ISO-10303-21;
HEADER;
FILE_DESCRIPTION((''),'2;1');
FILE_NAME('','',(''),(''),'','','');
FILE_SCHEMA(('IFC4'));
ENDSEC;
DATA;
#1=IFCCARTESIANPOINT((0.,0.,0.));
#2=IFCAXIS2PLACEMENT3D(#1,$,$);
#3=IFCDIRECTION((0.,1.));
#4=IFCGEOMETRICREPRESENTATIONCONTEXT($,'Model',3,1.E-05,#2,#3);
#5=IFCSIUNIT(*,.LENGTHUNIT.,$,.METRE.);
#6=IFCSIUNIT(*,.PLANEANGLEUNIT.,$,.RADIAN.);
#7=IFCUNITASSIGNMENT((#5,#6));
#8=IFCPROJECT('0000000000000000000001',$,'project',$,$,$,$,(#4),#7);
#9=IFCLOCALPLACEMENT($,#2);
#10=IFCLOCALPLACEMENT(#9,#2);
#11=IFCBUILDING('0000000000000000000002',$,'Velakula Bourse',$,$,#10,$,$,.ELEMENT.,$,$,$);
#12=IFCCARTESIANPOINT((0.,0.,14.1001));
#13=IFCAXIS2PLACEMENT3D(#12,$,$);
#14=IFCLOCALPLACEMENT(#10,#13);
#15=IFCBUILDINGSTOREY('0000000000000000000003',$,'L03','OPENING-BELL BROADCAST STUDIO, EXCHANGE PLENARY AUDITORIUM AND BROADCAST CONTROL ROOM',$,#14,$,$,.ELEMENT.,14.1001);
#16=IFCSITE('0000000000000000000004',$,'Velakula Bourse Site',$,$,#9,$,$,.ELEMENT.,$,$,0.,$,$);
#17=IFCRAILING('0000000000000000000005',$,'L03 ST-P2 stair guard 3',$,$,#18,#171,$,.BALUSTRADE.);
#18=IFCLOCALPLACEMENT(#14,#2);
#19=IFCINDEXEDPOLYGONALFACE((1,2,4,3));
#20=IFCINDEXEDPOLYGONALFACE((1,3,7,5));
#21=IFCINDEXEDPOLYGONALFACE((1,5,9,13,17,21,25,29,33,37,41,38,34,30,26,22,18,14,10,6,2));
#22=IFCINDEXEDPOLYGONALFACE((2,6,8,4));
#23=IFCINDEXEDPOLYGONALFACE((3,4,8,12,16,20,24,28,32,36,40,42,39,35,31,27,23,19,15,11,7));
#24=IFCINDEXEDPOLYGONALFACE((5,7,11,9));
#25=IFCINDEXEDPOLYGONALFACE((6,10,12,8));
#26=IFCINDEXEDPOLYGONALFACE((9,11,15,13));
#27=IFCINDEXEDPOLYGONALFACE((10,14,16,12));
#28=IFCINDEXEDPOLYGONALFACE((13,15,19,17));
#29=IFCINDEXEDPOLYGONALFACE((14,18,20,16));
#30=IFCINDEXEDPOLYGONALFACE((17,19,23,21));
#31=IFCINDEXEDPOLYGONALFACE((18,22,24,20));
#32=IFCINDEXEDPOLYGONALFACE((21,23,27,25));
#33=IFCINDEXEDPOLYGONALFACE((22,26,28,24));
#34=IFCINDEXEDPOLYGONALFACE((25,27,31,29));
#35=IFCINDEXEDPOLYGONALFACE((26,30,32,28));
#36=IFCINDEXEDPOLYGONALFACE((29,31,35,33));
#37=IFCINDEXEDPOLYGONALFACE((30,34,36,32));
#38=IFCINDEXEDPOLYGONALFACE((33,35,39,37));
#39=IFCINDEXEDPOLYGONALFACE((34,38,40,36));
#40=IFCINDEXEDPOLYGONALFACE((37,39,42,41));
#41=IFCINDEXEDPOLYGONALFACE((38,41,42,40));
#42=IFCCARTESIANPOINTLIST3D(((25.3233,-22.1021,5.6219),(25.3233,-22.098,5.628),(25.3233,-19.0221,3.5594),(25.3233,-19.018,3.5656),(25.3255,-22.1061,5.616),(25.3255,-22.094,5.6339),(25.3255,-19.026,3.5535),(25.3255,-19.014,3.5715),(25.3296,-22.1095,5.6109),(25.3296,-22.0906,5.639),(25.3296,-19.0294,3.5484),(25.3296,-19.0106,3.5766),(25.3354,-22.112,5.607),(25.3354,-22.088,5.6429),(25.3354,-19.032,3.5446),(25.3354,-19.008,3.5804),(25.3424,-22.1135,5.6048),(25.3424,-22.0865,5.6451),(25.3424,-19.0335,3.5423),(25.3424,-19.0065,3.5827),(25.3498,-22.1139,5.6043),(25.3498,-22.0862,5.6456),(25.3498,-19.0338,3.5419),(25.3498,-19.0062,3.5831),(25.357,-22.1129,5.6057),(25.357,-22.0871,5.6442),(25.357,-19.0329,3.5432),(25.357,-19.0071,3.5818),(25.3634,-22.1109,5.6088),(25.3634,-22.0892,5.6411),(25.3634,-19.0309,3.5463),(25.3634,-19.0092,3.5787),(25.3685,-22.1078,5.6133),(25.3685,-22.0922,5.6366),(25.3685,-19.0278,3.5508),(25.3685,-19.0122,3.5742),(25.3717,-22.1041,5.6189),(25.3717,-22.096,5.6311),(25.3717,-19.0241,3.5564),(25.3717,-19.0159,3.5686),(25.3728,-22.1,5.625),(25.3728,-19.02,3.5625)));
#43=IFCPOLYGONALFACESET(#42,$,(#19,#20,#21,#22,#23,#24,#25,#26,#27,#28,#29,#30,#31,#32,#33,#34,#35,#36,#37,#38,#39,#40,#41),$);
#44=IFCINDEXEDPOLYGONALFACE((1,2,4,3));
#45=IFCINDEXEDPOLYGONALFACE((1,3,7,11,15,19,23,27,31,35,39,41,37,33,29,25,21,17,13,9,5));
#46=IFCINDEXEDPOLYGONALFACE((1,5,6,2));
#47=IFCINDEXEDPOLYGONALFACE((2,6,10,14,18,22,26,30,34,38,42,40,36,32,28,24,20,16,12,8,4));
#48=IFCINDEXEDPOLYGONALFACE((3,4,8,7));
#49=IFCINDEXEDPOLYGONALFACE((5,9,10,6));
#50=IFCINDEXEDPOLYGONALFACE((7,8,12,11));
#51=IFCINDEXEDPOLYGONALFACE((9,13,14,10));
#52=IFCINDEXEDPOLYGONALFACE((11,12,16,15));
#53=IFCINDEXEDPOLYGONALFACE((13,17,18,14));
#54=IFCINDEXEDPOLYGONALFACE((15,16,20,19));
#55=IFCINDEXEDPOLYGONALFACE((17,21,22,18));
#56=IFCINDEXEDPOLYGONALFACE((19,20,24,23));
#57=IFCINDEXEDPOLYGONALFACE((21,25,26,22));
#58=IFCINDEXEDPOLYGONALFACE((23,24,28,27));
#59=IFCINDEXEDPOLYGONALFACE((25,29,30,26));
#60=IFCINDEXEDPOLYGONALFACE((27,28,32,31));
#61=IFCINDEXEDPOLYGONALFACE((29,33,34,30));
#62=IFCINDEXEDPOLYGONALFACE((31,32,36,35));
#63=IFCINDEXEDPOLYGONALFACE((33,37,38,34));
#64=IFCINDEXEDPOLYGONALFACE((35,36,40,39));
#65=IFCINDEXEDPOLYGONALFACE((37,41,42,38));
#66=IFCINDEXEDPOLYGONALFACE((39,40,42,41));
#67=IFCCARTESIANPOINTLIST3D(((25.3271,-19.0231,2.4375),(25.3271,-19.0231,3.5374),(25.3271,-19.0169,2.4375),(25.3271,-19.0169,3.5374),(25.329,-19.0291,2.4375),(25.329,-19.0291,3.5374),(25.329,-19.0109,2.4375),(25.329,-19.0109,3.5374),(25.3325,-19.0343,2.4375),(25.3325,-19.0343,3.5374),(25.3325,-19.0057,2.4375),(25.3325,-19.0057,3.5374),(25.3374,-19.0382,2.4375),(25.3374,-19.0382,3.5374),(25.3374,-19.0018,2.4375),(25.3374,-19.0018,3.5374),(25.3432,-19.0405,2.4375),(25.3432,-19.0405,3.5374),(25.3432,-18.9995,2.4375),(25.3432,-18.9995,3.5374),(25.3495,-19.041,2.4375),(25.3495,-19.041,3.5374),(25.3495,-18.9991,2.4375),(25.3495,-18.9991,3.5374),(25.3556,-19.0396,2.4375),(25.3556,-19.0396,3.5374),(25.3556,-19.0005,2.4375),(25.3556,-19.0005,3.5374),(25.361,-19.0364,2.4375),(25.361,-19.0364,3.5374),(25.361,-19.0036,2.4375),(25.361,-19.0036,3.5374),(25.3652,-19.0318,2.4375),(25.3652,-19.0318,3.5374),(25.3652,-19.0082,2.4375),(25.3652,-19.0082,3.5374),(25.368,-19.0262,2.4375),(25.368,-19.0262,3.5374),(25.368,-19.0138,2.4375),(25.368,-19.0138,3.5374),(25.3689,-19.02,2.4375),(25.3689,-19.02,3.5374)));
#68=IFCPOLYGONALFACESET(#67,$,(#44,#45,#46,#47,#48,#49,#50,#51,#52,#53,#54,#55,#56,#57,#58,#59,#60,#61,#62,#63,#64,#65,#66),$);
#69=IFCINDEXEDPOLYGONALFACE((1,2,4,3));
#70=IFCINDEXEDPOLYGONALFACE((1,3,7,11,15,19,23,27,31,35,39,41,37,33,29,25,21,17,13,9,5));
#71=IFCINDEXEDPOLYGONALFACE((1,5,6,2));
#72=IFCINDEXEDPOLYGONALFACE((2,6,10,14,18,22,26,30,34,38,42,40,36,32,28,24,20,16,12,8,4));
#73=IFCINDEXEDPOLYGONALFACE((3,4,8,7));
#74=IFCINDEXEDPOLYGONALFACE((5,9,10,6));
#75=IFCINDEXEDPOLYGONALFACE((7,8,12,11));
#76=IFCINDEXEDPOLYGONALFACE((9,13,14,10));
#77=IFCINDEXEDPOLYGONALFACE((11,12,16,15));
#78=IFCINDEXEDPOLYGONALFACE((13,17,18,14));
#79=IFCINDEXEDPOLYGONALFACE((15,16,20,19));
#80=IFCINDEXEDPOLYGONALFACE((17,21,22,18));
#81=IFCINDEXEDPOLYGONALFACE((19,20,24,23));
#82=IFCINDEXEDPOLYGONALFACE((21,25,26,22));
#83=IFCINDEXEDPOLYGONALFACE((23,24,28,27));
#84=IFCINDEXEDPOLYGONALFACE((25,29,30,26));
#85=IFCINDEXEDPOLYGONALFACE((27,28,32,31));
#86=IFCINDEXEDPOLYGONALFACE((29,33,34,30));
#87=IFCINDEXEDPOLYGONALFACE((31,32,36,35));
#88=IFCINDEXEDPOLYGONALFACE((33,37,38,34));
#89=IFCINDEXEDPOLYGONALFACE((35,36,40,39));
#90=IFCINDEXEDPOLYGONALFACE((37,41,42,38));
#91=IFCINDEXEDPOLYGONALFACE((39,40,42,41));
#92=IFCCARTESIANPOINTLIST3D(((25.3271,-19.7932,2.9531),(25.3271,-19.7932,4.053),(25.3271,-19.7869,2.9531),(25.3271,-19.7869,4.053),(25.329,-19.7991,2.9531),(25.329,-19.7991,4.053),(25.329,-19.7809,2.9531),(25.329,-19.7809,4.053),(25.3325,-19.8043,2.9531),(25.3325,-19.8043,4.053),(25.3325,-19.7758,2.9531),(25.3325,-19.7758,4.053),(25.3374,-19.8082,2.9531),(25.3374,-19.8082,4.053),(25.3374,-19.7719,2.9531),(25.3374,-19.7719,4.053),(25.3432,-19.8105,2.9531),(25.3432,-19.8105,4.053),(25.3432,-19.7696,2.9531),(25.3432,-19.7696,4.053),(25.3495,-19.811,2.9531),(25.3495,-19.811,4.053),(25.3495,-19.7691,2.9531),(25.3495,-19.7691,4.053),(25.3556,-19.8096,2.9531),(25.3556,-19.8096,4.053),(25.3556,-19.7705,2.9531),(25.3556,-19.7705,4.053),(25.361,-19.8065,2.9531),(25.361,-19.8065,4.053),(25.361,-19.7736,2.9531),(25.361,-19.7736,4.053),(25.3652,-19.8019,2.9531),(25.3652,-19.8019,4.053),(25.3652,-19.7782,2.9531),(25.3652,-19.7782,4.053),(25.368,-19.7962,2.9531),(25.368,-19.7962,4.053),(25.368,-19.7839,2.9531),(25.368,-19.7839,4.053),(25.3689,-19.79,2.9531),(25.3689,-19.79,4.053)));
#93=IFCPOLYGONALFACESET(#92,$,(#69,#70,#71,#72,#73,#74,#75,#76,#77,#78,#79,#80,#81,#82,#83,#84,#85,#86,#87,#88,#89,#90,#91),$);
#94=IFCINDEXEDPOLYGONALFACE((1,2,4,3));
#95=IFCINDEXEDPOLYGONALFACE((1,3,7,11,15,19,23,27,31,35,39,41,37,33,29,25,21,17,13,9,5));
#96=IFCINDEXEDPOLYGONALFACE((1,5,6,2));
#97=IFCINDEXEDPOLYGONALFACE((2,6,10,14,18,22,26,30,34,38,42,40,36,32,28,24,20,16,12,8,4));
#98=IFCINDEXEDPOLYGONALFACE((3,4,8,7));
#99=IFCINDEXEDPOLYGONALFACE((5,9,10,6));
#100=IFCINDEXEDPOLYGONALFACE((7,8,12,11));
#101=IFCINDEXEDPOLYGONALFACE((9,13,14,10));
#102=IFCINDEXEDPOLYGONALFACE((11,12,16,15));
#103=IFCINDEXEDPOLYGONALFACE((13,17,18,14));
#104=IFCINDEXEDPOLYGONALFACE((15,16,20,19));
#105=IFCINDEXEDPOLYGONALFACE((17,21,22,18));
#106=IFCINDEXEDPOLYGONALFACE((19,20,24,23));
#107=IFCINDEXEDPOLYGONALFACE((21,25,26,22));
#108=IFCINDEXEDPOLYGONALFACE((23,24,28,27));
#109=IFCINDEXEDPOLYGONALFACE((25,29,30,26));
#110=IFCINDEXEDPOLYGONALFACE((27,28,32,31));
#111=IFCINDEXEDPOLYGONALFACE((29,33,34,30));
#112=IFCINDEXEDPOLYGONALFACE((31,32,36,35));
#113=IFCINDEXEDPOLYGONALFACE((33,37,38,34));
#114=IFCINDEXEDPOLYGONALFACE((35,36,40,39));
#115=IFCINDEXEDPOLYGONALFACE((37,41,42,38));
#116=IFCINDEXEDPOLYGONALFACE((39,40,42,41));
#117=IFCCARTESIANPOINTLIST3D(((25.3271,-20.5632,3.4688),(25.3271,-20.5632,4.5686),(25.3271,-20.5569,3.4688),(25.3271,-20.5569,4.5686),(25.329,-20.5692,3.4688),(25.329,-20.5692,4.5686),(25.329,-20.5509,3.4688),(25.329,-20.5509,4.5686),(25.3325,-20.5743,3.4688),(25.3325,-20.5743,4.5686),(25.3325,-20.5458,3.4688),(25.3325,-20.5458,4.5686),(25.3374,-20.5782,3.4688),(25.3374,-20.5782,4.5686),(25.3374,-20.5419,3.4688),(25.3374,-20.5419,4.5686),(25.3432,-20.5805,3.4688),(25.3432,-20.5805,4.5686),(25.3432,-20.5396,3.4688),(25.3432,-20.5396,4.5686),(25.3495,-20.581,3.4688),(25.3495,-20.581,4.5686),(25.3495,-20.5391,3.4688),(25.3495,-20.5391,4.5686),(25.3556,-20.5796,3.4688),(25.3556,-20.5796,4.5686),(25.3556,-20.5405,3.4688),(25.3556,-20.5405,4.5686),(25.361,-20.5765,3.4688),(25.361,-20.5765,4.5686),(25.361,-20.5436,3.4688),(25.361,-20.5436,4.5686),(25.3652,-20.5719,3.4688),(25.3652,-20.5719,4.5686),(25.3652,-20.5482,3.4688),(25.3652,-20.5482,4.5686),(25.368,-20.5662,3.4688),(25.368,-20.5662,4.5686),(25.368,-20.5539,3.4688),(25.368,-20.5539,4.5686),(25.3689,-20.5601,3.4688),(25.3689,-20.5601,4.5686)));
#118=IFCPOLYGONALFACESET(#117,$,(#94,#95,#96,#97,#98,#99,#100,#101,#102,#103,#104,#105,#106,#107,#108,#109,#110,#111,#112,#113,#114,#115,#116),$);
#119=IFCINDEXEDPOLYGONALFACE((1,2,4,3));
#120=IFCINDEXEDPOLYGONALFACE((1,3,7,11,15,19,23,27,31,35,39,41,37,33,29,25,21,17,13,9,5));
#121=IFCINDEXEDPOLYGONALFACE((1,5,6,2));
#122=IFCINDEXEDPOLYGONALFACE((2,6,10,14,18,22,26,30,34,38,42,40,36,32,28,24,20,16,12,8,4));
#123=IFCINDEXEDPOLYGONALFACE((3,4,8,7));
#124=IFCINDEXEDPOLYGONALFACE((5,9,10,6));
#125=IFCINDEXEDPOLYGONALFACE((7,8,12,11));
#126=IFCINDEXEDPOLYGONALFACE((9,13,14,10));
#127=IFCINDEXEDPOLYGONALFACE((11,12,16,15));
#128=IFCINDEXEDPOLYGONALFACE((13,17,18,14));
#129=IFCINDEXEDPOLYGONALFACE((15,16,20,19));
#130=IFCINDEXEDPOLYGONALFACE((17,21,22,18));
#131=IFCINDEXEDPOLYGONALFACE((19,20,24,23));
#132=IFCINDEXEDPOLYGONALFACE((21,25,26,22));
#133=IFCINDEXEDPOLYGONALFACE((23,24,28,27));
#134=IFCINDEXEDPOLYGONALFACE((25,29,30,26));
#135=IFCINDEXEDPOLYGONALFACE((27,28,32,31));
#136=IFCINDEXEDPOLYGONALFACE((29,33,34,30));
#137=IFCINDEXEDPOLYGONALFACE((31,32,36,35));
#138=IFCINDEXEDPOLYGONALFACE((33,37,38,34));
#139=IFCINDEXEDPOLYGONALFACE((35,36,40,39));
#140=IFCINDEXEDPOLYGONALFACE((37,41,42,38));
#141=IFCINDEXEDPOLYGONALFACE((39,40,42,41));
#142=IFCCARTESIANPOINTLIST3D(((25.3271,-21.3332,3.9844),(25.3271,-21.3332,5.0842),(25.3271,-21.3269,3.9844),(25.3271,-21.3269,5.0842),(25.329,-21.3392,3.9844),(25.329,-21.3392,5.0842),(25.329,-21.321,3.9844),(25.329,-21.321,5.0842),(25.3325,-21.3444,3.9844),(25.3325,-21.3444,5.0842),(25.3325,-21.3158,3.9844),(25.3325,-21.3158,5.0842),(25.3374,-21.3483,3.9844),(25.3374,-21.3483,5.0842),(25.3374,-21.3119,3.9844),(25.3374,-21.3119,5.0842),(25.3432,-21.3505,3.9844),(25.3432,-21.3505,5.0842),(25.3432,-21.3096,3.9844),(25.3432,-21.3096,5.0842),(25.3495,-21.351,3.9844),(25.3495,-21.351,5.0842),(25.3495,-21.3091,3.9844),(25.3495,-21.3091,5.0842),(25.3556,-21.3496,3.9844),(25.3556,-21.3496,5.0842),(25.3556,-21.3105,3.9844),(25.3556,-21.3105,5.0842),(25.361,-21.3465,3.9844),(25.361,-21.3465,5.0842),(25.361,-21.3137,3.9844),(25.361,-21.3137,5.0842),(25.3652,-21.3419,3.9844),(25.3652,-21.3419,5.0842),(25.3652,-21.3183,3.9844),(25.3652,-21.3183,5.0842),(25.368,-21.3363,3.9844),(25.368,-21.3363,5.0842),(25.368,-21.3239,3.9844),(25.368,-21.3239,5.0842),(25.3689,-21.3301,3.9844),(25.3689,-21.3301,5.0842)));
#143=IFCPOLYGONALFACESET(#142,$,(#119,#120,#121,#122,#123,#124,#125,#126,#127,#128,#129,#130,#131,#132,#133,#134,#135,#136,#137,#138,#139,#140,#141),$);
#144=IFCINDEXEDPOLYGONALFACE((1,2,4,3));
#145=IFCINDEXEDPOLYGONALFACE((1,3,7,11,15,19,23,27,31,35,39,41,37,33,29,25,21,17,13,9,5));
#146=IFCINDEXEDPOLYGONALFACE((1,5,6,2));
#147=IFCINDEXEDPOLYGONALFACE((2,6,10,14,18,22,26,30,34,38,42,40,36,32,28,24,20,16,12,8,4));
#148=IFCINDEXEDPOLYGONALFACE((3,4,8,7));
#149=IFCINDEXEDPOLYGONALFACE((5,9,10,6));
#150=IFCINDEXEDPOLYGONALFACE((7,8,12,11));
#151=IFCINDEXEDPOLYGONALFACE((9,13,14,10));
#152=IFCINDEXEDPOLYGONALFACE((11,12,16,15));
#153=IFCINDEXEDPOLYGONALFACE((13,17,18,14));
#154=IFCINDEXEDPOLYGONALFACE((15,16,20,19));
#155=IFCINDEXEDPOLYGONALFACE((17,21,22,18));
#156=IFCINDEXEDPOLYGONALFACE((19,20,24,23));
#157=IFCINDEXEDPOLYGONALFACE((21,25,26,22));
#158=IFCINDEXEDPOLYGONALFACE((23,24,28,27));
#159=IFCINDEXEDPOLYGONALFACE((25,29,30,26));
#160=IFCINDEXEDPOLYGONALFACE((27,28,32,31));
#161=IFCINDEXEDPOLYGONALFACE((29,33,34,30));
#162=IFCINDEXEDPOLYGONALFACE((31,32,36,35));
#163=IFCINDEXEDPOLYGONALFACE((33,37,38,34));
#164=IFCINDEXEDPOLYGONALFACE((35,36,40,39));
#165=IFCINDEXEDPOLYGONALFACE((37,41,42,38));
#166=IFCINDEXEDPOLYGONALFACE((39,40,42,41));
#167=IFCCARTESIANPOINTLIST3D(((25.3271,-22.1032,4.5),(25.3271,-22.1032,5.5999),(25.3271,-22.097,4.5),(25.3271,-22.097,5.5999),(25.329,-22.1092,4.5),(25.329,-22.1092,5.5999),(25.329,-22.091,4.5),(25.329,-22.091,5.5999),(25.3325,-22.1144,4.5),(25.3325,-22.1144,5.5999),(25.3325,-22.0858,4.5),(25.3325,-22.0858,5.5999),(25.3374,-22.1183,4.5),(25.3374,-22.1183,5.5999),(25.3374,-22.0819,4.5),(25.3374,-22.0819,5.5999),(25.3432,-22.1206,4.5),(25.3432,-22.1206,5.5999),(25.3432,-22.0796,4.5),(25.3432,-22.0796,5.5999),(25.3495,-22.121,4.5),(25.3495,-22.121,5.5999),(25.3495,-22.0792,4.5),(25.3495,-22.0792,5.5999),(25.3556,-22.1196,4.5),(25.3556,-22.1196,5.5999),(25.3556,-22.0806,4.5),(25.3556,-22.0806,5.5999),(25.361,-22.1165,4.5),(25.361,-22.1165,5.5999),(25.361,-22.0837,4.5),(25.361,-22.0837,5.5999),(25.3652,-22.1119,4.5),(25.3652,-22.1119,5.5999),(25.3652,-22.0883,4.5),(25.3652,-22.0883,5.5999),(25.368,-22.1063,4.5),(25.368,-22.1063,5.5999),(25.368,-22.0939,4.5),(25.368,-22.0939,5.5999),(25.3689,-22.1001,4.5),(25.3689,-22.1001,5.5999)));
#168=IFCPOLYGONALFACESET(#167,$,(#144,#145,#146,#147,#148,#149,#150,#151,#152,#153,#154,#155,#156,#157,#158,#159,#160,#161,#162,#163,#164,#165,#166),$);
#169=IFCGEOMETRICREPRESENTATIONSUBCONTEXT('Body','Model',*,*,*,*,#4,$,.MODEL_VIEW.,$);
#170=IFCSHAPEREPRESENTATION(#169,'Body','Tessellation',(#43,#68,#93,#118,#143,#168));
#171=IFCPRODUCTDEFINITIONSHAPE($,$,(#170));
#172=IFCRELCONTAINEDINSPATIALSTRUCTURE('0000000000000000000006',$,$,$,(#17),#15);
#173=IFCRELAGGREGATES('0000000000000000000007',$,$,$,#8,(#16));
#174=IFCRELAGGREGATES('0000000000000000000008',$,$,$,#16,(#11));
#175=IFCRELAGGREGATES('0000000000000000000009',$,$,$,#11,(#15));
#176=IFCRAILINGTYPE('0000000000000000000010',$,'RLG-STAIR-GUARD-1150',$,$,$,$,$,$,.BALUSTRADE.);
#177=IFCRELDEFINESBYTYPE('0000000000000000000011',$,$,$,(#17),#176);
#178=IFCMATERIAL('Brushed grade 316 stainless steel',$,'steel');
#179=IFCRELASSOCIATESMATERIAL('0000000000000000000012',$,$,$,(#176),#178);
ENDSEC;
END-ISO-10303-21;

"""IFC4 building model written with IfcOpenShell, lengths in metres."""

from ifc_helpers import new_model, si_unit, direction, frame, origin, origin_2d, place, context, subcontext, project, spatial, circle, extrude, material, type_object, element, save


model = new_model("IFC4")

# Units and contexts
model_context = context("Model", 3, precision=1e-05, world=origin(), true_north=direction((0.0, 1.0)))
body_context = subcontext(model_context, "Body", "Model", "MODEL_VIEW")
ifc_project = project(units=[si_unit("LENGTHUNIT", "METRE"), si_unit("PLANEANGLEUNIT", "RADIAN")], contexts=[model_context])

# Site, building, storey
site_placement = place(None, origin())
site = spatial("IfcSite", under=ifc_project, at=site_placement, Name="Velakula Bourse Site", CompositionType="ELEMENT", RefElevation=0.0)
building_placement = place(site_placement, origin())
building = spatial("IfcBuilding", under=site, at=building_placement, Name="Velakula Bourse", CompositionType="ELEMENT")
storey_placement = place(building_placement, frame((0.0, 0.0, 14.1001)))
storey = spatial("IfcBuildingStorey", under=building, at=storey_placement, Name="L03", Description="OPENING-BELL BROADCAST STUDIO, EXCHANGE PLENARY AUDITORIUM AND BROADCAST CONTROL ROOM", CompositionType="ELEMENT", Elevation=14.1001)

# Railing
ifc_material_1 = material(Name="Brushed grade 316 stainless steel", Category="steel")
railing_type_1 = type_object("IfcRailingType", Name="RLG-STAIR-GUARD-1150", PredefinedType="BALUSTRADE", material=ifc_material_1)
railing_1_placement = place(storey_placement, frame((25.3479, -19.02, 2.4375)))
element("IfcRailing", 1, at=railing_1_placement, inside=storey, type_object=railing_type_1, Name="L03 ST-P2 stair guard 3", PredefinedType="BALUSTRADE", context=body_context, shape_type="SweptSolid", body=[
    extrude(circle(Radius=0.0249, at=origin_2d()), frame((0.0, 0.0, 1.125), z_axis=(0.0, -0.830914, 0.556401), x_axis=(1.0, 0.0, 0.0)), (0.0, 0.0, 1.0), 3.7068),
    extrude(circle(Radius=0.021, at=origin_2d()), origin(), (0.0, 0.0, 1.0), 1.0999),
    extrude(circle(Radius=0.021, at=origin_2d()), frame((0.0, -0.77, 0.5156)), (0.0, 0.0, 1.0), 1.0999),
    extrude(circle(Radius=0.021, at=origin_2d()), frame((0.0, -1.54, 1.0312)), (0.0, 0.0, 1.0), 1.0999),
    extrude(circle(Radius=0.021, at=origin_2d()), frame((0.0, -2.3101, 1.5469)), (0.0, 0.0, 1.0), 1.0999),
    extrude(circle(Radius=0.021, at=origin_2d()), frame((0.0, -3.0801, 2.0625)), (0.0, 0.0, 1.0), 1.0999),
])

save(model, "model.ifc")
